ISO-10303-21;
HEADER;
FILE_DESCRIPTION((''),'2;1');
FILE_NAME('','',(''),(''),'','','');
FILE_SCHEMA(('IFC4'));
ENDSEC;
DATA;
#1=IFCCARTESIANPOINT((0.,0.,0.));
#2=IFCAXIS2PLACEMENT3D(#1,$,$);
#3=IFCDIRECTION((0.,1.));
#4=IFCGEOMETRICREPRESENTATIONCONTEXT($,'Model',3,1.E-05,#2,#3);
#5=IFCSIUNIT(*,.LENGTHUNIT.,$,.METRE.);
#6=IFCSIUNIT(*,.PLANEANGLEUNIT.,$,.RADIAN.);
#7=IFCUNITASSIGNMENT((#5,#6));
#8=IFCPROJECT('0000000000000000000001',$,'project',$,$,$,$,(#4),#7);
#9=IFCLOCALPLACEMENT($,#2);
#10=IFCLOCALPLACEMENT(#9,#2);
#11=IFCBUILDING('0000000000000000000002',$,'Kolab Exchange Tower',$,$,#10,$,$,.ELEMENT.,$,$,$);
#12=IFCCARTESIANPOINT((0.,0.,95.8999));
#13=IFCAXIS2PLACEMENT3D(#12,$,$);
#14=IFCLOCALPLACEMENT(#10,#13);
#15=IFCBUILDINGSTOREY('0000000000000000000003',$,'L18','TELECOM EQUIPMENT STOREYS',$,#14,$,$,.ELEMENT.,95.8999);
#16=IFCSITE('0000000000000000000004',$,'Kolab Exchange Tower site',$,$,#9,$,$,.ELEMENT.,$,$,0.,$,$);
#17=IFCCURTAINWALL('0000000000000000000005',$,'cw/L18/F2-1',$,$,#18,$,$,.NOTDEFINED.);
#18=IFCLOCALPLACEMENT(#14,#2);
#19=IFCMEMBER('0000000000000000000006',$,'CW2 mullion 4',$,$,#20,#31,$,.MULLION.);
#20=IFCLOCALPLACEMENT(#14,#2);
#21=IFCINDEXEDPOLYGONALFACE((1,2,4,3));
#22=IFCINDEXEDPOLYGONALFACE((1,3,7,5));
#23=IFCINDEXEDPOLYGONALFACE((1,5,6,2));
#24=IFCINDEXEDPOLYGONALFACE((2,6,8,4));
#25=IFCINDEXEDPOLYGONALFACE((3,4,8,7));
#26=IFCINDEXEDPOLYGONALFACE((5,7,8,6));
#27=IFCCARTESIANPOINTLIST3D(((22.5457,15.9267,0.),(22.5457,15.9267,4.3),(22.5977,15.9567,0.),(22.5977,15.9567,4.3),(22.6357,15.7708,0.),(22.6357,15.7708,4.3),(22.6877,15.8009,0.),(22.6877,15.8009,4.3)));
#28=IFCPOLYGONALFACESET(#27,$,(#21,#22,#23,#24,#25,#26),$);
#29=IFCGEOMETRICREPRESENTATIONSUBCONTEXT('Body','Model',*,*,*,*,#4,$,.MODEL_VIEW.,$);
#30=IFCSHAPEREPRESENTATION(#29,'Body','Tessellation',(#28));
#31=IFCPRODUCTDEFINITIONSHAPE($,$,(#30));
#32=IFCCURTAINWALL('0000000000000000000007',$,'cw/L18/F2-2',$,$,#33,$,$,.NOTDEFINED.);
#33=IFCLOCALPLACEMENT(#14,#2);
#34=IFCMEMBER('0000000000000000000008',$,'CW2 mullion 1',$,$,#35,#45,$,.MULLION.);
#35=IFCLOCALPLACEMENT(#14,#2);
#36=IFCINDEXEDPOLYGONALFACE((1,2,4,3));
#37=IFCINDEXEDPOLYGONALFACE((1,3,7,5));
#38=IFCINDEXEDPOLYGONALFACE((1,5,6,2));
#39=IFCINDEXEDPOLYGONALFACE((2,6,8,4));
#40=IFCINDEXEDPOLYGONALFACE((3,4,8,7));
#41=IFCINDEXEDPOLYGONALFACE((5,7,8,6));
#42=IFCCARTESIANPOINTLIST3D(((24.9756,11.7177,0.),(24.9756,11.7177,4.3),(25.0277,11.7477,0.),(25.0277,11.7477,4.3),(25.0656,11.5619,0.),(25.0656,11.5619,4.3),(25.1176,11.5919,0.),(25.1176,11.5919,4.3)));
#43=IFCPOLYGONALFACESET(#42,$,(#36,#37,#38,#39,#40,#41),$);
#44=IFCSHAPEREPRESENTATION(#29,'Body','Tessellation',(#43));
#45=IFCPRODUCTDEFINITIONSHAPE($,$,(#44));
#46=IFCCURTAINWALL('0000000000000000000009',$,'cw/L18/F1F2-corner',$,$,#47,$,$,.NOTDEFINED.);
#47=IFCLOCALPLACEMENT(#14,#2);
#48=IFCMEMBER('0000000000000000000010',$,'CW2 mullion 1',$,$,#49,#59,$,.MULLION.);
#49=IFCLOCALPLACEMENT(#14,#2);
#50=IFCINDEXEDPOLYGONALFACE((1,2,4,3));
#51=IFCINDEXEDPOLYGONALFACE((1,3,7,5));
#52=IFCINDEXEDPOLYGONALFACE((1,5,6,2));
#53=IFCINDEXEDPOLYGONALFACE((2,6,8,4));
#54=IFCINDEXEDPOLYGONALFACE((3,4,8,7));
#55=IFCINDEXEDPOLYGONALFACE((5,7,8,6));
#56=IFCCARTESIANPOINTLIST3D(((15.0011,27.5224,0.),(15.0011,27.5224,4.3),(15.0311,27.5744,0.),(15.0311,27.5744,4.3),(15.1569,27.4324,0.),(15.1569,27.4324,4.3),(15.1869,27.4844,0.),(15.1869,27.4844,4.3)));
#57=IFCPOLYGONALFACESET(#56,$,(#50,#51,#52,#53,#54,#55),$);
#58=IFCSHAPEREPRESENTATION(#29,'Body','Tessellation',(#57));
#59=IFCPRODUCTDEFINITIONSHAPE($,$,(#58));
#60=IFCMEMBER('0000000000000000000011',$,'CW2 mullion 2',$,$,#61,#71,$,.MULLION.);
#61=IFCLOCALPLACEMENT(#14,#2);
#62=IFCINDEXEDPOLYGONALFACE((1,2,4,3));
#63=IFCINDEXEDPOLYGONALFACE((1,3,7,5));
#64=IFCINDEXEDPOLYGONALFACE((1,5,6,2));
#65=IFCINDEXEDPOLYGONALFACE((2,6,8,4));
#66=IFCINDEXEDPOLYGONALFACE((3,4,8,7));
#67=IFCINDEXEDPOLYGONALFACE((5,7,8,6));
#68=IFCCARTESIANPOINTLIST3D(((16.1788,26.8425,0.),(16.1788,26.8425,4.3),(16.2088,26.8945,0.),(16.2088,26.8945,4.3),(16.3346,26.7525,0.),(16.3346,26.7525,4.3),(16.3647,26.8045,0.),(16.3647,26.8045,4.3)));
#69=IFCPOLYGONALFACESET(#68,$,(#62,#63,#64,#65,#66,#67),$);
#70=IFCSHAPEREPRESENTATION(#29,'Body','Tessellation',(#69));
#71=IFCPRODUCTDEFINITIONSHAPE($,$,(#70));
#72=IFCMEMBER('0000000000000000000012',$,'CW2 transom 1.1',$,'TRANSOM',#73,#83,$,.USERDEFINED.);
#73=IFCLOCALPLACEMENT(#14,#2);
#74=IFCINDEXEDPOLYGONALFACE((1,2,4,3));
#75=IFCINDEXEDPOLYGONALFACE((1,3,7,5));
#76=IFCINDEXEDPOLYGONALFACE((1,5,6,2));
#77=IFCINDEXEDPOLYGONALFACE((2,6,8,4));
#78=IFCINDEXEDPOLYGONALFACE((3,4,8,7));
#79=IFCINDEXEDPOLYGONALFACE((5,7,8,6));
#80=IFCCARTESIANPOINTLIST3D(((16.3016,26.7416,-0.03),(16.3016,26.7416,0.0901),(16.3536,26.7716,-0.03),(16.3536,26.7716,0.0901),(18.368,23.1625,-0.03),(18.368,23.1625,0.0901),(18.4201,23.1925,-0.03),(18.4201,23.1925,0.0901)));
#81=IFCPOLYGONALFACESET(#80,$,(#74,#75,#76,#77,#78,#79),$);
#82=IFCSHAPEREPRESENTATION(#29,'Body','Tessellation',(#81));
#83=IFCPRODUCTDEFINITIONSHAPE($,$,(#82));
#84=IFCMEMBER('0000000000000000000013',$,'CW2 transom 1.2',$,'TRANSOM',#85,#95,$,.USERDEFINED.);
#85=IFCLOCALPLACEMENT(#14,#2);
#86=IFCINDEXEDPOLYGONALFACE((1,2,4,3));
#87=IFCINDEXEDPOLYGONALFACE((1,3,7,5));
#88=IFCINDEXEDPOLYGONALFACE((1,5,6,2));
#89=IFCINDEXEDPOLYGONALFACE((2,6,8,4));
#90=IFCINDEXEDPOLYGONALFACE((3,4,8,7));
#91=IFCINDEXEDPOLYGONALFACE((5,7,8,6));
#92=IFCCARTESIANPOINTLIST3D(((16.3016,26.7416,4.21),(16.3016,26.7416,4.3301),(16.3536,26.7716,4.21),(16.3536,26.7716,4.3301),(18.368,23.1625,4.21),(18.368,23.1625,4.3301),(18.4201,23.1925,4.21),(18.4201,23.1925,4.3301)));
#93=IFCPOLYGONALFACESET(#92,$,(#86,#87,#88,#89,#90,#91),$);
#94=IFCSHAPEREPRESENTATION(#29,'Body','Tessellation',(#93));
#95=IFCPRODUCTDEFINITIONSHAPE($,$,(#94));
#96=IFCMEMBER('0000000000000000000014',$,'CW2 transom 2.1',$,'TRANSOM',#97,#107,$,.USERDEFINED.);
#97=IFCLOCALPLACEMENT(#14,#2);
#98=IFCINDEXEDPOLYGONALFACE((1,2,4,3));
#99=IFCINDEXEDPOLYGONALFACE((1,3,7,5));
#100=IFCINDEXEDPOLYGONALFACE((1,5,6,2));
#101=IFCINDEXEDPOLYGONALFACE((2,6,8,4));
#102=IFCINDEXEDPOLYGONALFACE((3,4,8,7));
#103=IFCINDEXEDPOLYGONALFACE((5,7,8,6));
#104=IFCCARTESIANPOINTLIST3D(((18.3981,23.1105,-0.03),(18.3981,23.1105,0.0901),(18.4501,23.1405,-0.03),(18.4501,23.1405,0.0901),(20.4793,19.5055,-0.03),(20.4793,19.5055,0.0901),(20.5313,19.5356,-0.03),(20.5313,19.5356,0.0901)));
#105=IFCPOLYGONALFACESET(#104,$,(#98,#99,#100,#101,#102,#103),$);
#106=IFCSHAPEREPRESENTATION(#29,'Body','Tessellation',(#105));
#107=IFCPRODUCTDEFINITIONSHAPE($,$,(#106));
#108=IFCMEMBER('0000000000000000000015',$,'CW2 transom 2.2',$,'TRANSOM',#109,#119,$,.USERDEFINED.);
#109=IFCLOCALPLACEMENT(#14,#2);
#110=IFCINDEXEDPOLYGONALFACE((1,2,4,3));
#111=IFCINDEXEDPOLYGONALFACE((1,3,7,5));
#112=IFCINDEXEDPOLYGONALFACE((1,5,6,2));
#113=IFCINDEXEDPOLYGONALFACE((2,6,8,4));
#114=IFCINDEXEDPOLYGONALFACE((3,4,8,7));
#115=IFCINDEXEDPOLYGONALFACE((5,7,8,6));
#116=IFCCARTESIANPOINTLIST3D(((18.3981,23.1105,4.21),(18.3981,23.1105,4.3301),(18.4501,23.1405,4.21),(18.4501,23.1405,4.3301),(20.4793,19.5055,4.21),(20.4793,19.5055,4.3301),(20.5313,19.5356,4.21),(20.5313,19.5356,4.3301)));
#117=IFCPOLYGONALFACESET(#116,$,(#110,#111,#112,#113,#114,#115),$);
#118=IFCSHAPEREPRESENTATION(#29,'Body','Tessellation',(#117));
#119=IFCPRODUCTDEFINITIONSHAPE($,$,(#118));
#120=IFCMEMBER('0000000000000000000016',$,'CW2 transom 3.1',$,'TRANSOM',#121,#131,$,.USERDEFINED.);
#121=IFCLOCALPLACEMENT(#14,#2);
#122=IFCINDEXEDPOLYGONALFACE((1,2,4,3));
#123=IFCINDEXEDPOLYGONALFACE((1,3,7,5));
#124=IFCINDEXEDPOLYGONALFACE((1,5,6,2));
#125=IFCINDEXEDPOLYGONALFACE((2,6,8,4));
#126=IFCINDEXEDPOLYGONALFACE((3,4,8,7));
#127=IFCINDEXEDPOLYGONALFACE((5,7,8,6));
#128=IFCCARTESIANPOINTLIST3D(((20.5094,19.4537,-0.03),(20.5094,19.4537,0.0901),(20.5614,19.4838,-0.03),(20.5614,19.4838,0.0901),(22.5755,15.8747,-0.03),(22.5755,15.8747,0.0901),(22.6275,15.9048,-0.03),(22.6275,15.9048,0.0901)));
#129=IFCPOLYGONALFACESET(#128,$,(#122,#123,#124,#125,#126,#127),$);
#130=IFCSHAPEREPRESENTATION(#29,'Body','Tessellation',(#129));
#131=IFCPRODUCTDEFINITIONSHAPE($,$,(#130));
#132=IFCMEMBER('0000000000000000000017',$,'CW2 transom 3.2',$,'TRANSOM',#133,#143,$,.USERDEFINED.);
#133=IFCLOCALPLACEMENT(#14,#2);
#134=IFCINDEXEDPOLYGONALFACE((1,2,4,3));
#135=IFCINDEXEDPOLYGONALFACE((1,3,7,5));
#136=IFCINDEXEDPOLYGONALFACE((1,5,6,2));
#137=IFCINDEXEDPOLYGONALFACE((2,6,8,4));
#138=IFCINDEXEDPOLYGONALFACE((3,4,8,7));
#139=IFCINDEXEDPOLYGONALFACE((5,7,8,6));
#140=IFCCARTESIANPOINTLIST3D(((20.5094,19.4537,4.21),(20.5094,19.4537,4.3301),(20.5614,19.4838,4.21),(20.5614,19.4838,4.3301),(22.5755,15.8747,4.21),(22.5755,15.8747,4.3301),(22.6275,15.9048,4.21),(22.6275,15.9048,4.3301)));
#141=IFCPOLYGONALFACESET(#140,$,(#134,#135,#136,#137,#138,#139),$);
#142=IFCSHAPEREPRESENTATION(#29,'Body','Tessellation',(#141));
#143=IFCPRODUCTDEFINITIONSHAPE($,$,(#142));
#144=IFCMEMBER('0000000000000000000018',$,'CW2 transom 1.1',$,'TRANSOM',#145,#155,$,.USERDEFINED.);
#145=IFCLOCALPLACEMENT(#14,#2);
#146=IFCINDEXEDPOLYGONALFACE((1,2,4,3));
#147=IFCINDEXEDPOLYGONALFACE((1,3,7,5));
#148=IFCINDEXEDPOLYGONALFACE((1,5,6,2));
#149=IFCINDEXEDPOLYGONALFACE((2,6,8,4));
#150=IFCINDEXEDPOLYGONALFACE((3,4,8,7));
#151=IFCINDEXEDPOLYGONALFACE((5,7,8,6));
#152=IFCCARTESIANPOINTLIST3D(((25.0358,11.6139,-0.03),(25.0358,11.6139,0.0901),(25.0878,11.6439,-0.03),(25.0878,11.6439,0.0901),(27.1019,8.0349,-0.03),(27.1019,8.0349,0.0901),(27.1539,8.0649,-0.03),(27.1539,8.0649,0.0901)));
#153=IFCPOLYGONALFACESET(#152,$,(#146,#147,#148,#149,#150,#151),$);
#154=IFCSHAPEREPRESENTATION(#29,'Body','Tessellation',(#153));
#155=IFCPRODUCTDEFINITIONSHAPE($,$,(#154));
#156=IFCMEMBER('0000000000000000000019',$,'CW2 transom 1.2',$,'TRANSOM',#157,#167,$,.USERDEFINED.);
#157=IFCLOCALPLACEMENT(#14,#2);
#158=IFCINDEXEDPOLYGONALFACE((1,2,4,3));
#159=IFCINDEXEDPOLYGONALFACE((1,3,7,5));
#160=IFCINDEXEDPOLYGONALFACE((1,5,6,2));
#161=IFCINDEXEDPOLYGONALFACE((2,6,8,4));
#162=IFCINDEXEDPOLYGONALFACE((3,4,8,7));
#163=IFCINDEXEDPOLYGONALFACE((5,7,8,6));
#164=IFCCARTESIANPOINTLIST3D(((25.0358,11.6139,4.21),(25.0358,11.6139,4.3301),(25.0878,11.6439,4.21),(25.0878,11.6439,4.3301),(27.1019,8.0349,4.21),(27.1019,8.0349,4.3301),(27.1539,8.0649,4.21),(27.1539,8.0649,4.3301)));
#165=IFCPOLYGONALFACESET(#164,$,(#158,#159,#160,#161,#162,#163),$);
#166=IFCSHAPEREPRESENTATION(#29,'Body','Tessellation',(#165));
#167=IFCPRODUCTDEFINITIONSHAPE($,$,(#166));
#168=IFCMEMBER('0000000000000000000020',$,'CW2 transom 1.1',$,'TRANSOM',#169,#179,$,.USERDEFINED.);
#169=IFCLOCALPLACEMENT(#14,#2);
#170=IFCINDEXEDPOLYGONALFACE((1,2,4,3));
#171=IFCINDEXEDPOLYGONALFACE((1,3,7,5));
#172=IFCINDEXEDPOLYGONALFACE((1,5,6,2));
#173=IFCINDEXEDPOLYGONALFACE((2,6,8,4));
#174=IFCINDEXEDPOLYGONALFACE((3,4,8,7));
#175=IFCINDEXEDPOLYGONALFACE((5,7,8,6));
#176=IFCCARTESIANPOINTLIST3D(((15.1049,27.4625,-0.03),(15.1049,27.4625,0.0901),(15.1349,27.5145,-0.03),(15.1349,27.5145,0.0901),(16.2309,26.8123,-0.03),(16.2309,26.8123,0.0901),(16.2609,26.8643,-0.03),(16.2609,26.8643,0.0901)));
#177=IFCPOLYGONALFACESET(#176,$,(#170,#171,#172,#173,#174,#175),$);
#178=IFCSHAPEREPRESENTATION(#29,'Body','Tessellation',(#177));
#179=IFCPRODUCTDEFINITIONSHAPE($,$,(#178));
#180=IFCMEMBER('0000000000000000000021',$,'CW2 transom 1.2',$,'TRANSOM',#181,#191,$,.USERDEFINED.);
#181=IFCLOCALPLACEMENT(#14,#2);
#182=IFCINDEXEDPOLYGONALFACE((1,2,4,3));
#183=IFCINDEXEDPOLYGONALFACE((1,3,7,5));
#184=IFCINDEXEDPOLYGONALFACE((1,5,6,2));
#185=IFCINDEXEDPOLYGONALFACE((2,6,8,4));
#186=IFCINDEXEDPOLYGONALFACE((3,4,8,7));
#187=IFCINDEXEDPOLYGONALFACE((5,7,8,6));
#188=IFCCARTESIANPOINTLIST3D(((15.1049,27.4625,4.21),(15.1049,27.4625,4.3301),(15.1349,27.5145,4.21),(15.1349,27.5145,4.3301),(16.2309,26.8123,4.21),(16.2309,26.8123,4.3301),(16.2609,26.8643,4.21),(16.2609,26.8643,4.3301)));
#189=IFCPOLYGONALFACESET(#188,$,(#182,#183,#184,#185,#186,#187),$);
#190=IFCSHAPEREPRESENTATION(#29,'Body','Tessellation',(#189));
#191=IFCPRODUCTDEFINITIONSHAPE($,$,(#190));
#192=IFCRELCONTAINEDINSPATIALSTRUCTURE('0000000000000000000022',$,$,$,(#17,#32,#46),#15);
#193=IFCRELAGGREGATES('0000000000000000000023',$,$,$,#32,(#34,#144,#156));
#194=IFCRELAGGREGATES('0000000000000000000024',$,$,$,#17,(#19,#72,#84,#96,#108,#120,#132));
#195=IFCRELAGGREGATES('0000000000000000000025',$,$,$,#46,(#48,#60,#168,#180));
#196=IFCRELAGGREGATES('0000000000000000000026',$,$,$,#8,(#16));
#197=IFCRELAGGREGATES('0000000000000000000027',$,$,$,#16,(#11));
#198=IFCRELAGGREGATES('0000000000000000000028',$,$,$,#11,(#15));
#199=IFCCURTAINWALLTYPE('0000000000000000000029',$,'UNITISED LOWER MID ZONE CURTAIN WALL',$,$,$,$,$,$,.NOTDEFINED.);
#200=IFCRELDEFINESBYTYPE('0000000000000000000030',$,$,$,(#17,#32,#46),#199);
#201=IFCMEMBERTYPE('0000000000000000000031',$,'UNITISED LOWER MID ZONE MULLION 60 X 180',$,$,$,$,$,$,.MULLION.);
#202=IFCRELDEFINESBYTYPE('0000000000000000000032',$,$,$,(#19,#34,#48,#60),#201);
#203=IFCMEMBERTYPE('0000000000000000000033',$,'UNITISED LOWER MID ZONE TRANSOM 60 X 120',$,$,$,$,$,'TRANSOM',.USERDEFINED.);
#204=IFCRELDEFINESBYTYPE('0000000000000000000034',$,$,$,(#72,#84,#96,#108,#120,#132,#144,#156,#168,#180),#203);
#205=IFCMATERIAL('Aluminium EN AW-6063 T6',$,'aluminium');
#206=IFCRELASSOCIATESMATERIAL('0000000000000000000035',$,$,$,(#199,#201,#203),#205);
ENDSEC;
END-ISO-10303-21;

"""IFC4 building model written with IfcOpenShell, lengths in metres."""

from ifc_helpers import new_model, si_unit, direction, frame, origin, origin_2d, place, context, subcontext, project, spatial, rectangle, extrude, material, material_profile, profile_set, type_object, element, aggregate, save


model = new_model("IFC4")

# Units and contexts
model_context = context("Model", 3, precision=1e-05, world=origin(), true_north=direction((0.0, 1.0)))
body_context = subcontext(model_context, "Body", "Model", "MODEL_VIEW")
ifc_project = project(units=[si_unit("LENGTHUNIT", "METRE"), si_unit("PLANEANGLEUNIT", "RADIAN")], contexts=[model_context])

# Site, building, storey
site_placement = place(None, origin())
site = spatial("IfcSite", under=ifc_project, at=site_placement, Name="Kolab Exchange Tower site", CompositionType="ELEMENT", RefElevation=0.0)
building_placement = place(site_placement, origin())
building = spatial("IfcBuilding", under=site, at=building_placement, Name="Kolab Exchange Tower", CompositionType="ELEMENT")
storey_placement = place(building_placement, frame((0.0, 0.0, 95.8999)))
storey = spatial("IfcBuildingStorey", under=building, at=storey_placement, Name="L18", Description="TELECOM EQUIPMENT STOREYS", CompositionType="ELEMENT", Elevation=95.8999)

# Shared definitions
ifc_material_1 = material(Name="Aluminium EN AW-6063 T6", Category="aluminium")
curtain_wall_type = type_object("IfcCurtainWallType", Name="UNITISED LOWER MID ZONE CURTAIN WALL", PredefinedType="NOTDEFINED", material=ifc_material_1)
ifc_material_profile_1 = material_profile(ifc_material_1, rectangle(XDim=0.0601, YDim=0.1799, at=origin_2d()), Name="RECT 60X180")
ifc_profile_set_1 = profile_set([ifc_material_profile_1], Name="Aluminium EN AW-6063 T6")
member_type_1 = type_object("IfcMemberType", Name="UNITISED LOWER MID ZONE MULLION 60 X 180", PredefinedType="MULLION", material=ifc_profile_set_1)

# Curtain wall, member
curtain_wall_1_placement = place(storey_placement, origin())
curtain_wall_1 = element("IfcCurtainWall", 1, at=curtain_wall_1_placement, inside=storey, type_object=curtain_wall_type, Name="cw/L18/F2-1", PredefinedType="NOTDEFINED")
member_1_placement = place(storey_placement, frame((22.6167, 15.8638, 0.0), z_axis=(0.0, 0.0, 1.0), x_axis=(0.866025, 0.5, 0.0)))
member_1 = element("IfcMember", 2, at=member_1_placement, type_object=member_type_1, Name="CW2 mullion 4", PredefinedType="MULLION", context=body_context, shape_type="SweptSolid", body=[
    extrude(rectangle(XDim=0.0601, YDim=0.1799, at=origin_2d()), origin(), (0.0, 0.0, 1.0), 4.3),
])

# Curtain wall, member
curtain_wall_2_placement = place(storey_placement, origin())
curtain_wall_2 = element("IfcCurtainWall", 3, at=curtain_wall_2_placement, inside=storey, type_object=curtain_wall_type, Name="cw/L18/F2-2", PredefinedType="NOTDEFINED")
member_2_placement = place(storey_placement, frame((25.0466, 11.6548, 0.0), z_axis=(0.0, 0.0, 1.0), x_axis=(0.866025, 0.5, 0.0)))
member_2 = element("IfcMember", 4, at=member_2_placement, type_object=member_type_1, Name="CW2 mullion 1", PredefinedType="MULLION", context=body_context, shape_type="SweptSolid", body=[
    extrude(rectangle(XDim=0.0601, YDim=0.1799, at=origin_2d()), origin(), (0.0, 0.0, 1.0), 4.3),
])

# Curtain wall, members
curtain_wall_3_placement = place(storey_placement, origin())
curtain_wall_3 = element("IfcCurtainWall", 5, at=curtain_wall_3_placement, inside=storey, type_object=curtain_wall_type, Name="cw/L18/F1F2-corner", PredefinedType="NOTDEFINED")
member_3_placement = place(storey_placement, frame((15.094, 27.5034, 0.0), z_axis=(0.0, 0.0, 1.0), x_axis=(0.5, 0.866025, 0.0)))
member_3 = element("IfcMember", 6, at=member_3_placement, type_object=member_type_1, Name="CW2 mullion 1", PredefinedType="MULLION", context=body_context, shape_type="SweptSolid", body=[
    extrude(rectangle(XDim=0.0601, YDim=0.1799, at=origin_2d()), origin(), (0.0, 0.0, 1.0), 4.3),
])
member_4_placement = place(storey_placement, frame((16.2717, 26.8235, 0.0), z_axis=(0.0, 0.0, 1.0), x_axis=(0.5, 0.866025, 0.0)))
member_4 = element("IfcMember", 7, at=member_4_placement, type_object=member_type_1, Name="CW2 mullion 2", PredefinedType="MULLION", context=body_context, shape_type="SweptSolid", body=[
    extrude(rectangle(XDim=0.0601, YDim=0.1799, at=origin_2d()), origin(), (0.0, 0.0, 1.0), 4.3),
])

# Members
ifc_material_profile_2 = material_profile(ifc_material_1, rectangle(XDim=0.0601, YDim=0.1201, at=origin_2d()), Name="RECT 60X120")
ifc_profile_set_2 = profile_set([ifc_material_profile_2], Name="Aluminium EN AW-6063 T6")
member_type_2 = type_object("IfcMemberType", Name="UNITISED LOWER MID ZONE TRANSOM 60 X 120", ElementType="TRANSOM", PredefinedType="USERDEFINED", material=ifc_profile_set_2)
member_5_placement = place(storey_placement, frame((16.3276, 26.7566, 0.03), z_axis=(0.500002, -0.866024, 0.0), x_axis=(0.866024, 0.500002, 0.0)))
member_5 = element("IfcMember", 8, at=member_5_placement, type_object=member_type_2, Name="CW2 transom 1.1", ObjectType="TRANSOM", PredefinedType="USERDEFINED", context=body_context, shape_type="SweptSolid", body=[
    extrude(rectangle(XDim=0.0601, YDim=0.1201, at=origin_2d()), origin(), (0.0, 0.0, 1.0), 4.1328),
])
member_6_placement = place(storey_placement, frame((16.3276, 26.7566, 4.27), z_axis=(0.500002, -0.866024, 0.0), x_axis=(0.866024, 0.500002, 0.0)))
member_6 = element("IfcMember", 9, at=member_6_placement, type_object=member_type_2, Name="CW2 transom 1.2", ObjectType="TRANSOM", PredefinedType="USERDEFINED", context=body_context, shape_type="SweptSolid", body=[
    extrude(rectangle(XDim=0.0601, YDim=0.1201, at=origin_2d()), origin(), (0.0, 0.0, 1.0), 4.1328),
])
member_7_placement = place(storey_placement, frame((18.4241, 23.1255, 0.03), z_axis=(0.499993, -0.866029, 0.0), x_axis=(0.866029, 0.499993, 0.0)))
member_7 = element("IfcMember", 10, at=member_7_placement, type_object=member_type_2, Name="CW2 transom 2.1", ObjectType="TRANSOM", PredefinedType="USERDEFINED", context=body_context, shape_type="SweptSolid", body=[
    extrude(rectangle(XDim=0.0601, YDim=0.1201, at=origin_2d()), origin(), (0.0, 0.0, 1.0), 4.1626),
])
member_8_placement = place(storey_placement, frame((18.4241, 23.1255, 4.27), z_axis=(0.499993, -0.866029, 0.0), x_axis=(0.866029, 0.499993, 0.0)))
member_8 = element("IfcMember", 11, at=member_8_placement, type_object=member_type_2, Name="CW2 transom 2.2", ObjectType="TRANSOM", PredefinedType="USERDEFINED", context=body_context, shape_type="SweptSolid", body=[
    extrude(rectangle(XDim=0.0601, YDim=0.1201, at=origin_2d()), origin(), (0.0, 0.0, 1.0), 4.1626),
])
member_9_placement = place(storey_placement, frame((20.5354, 19.4688, 0.03), z_axis=(0.499958, -0.86605, 0.0), x_axis=(0.86605, 0.499958, 0.0)))
member_9 = element("IfcMember", 12, at=member_9_placement, type_object=member_type_2, Name="CW2 transom 3.1", ObjectType="TRANSOM", PredefinedType="USERDEFINED", context=body_context, shape_type="SweptSolid", body=[
    extrude(rectangle(XDim=0.0601, YDim=0.1201, at=origin_2d()), origin(), (0.0, 0.0, 1.0), 4.1326),
])
member_10_placement = place(storey_placement, frame((20.5354, 19.4688, 4.27), z_axis=(0.499958, -0.86605, 0.0), x_axis=(0.86605, 0.499958, 0.0)))
member_10 = element("IfcMember", 13, at=member_10_placement, type_object=member_type_2, Name="CW2 transom 3.2", ObjectType="TRANSOM", PredefinedType="USERDEFINED", context=body_context, shape_type="SweptSolid", body=[
    extrude(rectangle(XDim=0.0601, YDim=0.1201, at=origin_2d()), origin(), (0.0, 0.0, 1.0), 4.1326),
])
member_11_placement = place(storey_placement, frame((25.0618, 11.6289, 0.03), z_axis=(0.499958, -0.86605, 0.0), x_axis=(0.86605, 0.499958, 0.0)))
member_11 = element("IfcMember", 14, at=member_11_placement, type_object=member_type_2, Name="CW2 transom 1.1", ObjectType="TRANSOM", PredefinedType="USERDEFINED", context=body_context, shape_type="SweptSolid", body=[
    extrude(rectangle(XDim=0.0601, YDim=0.1201, at=origin_2d()), origin(), (0.0, 0.0, 1.0), 4.1326),
])
member_12_placement = place(storey_placement, frame((25.0618, 11.6289, 4.27), z_axis=(0.499958, -0.86605, 0.0), x_axis=(0.86605, 0.499958, 0.0)))
member_12 = element("IfcMember", 15, at=member_12_placement, type_object=member_type_2, Name="CW2 transom 1.2", ObjectType="TRANSOM", PredefinedType="USERDEFINED", context=body_context, shape_type="SweptSolid", body=[
    extrude(rectangle(XDim=0.0601, YDim=0.1201, at=origin_2d()), origin(), (0.0, 0.0, 1.0), 4.1326),
])
aggregate(curtain_wall_2, [member_2, member_11, member_12])
member_13_placement = place(storey_placement, frame((15.1199, 27.4885, 0.03), z_axis=(0.866004, -0.500037, 0.0), x_axis=(0.500037, 0.866004, 0.0)))
member_13 = element("IfcMember", 16, at=member_13_placement, type_object=member_type_2, Name="CW2 transom 1.1", ObjectType="TRANSOM", PredefinedType="USERDEFINED", context=body_context, shape_type="SweptSolid", body=[
    extrude(rectangle(XDim=0.0601, YDim=0.1201, at=origin_2d()), origin(), (0.0, 0.0, 1.0), 1.3003),
])
member_14_placement = place(storey_placement, frame((15.1199, 27.4885, 4.27), z_axis=(0.866004, -0.500037, 0.0), x_axis=(0.500037, 0.866004, 0.0)))
member_14 = element("IfcMember", 17, at=member_14_placement, type_object=member_type_2, Name="CW2 transom 1.2", ObjectType="TRANSOM", PredefinedType="USERDEFINED", context=body_context, shape_type="SweptSolid", body=[
    extrude(rectangle(XDim=0.0601, YDim=0.1201, at=origin_2d()), origin(), (0.0, 0.0, 1.0), 1.3003),
])

aggregate(curtain_wall_1, [member_1, member_5, member_6, member_7, member_8, member_9, member_10])
aggregate(curtain_wall_3, [member_3, member_4, member_13, member_14])

save(model, "model.ifc")
